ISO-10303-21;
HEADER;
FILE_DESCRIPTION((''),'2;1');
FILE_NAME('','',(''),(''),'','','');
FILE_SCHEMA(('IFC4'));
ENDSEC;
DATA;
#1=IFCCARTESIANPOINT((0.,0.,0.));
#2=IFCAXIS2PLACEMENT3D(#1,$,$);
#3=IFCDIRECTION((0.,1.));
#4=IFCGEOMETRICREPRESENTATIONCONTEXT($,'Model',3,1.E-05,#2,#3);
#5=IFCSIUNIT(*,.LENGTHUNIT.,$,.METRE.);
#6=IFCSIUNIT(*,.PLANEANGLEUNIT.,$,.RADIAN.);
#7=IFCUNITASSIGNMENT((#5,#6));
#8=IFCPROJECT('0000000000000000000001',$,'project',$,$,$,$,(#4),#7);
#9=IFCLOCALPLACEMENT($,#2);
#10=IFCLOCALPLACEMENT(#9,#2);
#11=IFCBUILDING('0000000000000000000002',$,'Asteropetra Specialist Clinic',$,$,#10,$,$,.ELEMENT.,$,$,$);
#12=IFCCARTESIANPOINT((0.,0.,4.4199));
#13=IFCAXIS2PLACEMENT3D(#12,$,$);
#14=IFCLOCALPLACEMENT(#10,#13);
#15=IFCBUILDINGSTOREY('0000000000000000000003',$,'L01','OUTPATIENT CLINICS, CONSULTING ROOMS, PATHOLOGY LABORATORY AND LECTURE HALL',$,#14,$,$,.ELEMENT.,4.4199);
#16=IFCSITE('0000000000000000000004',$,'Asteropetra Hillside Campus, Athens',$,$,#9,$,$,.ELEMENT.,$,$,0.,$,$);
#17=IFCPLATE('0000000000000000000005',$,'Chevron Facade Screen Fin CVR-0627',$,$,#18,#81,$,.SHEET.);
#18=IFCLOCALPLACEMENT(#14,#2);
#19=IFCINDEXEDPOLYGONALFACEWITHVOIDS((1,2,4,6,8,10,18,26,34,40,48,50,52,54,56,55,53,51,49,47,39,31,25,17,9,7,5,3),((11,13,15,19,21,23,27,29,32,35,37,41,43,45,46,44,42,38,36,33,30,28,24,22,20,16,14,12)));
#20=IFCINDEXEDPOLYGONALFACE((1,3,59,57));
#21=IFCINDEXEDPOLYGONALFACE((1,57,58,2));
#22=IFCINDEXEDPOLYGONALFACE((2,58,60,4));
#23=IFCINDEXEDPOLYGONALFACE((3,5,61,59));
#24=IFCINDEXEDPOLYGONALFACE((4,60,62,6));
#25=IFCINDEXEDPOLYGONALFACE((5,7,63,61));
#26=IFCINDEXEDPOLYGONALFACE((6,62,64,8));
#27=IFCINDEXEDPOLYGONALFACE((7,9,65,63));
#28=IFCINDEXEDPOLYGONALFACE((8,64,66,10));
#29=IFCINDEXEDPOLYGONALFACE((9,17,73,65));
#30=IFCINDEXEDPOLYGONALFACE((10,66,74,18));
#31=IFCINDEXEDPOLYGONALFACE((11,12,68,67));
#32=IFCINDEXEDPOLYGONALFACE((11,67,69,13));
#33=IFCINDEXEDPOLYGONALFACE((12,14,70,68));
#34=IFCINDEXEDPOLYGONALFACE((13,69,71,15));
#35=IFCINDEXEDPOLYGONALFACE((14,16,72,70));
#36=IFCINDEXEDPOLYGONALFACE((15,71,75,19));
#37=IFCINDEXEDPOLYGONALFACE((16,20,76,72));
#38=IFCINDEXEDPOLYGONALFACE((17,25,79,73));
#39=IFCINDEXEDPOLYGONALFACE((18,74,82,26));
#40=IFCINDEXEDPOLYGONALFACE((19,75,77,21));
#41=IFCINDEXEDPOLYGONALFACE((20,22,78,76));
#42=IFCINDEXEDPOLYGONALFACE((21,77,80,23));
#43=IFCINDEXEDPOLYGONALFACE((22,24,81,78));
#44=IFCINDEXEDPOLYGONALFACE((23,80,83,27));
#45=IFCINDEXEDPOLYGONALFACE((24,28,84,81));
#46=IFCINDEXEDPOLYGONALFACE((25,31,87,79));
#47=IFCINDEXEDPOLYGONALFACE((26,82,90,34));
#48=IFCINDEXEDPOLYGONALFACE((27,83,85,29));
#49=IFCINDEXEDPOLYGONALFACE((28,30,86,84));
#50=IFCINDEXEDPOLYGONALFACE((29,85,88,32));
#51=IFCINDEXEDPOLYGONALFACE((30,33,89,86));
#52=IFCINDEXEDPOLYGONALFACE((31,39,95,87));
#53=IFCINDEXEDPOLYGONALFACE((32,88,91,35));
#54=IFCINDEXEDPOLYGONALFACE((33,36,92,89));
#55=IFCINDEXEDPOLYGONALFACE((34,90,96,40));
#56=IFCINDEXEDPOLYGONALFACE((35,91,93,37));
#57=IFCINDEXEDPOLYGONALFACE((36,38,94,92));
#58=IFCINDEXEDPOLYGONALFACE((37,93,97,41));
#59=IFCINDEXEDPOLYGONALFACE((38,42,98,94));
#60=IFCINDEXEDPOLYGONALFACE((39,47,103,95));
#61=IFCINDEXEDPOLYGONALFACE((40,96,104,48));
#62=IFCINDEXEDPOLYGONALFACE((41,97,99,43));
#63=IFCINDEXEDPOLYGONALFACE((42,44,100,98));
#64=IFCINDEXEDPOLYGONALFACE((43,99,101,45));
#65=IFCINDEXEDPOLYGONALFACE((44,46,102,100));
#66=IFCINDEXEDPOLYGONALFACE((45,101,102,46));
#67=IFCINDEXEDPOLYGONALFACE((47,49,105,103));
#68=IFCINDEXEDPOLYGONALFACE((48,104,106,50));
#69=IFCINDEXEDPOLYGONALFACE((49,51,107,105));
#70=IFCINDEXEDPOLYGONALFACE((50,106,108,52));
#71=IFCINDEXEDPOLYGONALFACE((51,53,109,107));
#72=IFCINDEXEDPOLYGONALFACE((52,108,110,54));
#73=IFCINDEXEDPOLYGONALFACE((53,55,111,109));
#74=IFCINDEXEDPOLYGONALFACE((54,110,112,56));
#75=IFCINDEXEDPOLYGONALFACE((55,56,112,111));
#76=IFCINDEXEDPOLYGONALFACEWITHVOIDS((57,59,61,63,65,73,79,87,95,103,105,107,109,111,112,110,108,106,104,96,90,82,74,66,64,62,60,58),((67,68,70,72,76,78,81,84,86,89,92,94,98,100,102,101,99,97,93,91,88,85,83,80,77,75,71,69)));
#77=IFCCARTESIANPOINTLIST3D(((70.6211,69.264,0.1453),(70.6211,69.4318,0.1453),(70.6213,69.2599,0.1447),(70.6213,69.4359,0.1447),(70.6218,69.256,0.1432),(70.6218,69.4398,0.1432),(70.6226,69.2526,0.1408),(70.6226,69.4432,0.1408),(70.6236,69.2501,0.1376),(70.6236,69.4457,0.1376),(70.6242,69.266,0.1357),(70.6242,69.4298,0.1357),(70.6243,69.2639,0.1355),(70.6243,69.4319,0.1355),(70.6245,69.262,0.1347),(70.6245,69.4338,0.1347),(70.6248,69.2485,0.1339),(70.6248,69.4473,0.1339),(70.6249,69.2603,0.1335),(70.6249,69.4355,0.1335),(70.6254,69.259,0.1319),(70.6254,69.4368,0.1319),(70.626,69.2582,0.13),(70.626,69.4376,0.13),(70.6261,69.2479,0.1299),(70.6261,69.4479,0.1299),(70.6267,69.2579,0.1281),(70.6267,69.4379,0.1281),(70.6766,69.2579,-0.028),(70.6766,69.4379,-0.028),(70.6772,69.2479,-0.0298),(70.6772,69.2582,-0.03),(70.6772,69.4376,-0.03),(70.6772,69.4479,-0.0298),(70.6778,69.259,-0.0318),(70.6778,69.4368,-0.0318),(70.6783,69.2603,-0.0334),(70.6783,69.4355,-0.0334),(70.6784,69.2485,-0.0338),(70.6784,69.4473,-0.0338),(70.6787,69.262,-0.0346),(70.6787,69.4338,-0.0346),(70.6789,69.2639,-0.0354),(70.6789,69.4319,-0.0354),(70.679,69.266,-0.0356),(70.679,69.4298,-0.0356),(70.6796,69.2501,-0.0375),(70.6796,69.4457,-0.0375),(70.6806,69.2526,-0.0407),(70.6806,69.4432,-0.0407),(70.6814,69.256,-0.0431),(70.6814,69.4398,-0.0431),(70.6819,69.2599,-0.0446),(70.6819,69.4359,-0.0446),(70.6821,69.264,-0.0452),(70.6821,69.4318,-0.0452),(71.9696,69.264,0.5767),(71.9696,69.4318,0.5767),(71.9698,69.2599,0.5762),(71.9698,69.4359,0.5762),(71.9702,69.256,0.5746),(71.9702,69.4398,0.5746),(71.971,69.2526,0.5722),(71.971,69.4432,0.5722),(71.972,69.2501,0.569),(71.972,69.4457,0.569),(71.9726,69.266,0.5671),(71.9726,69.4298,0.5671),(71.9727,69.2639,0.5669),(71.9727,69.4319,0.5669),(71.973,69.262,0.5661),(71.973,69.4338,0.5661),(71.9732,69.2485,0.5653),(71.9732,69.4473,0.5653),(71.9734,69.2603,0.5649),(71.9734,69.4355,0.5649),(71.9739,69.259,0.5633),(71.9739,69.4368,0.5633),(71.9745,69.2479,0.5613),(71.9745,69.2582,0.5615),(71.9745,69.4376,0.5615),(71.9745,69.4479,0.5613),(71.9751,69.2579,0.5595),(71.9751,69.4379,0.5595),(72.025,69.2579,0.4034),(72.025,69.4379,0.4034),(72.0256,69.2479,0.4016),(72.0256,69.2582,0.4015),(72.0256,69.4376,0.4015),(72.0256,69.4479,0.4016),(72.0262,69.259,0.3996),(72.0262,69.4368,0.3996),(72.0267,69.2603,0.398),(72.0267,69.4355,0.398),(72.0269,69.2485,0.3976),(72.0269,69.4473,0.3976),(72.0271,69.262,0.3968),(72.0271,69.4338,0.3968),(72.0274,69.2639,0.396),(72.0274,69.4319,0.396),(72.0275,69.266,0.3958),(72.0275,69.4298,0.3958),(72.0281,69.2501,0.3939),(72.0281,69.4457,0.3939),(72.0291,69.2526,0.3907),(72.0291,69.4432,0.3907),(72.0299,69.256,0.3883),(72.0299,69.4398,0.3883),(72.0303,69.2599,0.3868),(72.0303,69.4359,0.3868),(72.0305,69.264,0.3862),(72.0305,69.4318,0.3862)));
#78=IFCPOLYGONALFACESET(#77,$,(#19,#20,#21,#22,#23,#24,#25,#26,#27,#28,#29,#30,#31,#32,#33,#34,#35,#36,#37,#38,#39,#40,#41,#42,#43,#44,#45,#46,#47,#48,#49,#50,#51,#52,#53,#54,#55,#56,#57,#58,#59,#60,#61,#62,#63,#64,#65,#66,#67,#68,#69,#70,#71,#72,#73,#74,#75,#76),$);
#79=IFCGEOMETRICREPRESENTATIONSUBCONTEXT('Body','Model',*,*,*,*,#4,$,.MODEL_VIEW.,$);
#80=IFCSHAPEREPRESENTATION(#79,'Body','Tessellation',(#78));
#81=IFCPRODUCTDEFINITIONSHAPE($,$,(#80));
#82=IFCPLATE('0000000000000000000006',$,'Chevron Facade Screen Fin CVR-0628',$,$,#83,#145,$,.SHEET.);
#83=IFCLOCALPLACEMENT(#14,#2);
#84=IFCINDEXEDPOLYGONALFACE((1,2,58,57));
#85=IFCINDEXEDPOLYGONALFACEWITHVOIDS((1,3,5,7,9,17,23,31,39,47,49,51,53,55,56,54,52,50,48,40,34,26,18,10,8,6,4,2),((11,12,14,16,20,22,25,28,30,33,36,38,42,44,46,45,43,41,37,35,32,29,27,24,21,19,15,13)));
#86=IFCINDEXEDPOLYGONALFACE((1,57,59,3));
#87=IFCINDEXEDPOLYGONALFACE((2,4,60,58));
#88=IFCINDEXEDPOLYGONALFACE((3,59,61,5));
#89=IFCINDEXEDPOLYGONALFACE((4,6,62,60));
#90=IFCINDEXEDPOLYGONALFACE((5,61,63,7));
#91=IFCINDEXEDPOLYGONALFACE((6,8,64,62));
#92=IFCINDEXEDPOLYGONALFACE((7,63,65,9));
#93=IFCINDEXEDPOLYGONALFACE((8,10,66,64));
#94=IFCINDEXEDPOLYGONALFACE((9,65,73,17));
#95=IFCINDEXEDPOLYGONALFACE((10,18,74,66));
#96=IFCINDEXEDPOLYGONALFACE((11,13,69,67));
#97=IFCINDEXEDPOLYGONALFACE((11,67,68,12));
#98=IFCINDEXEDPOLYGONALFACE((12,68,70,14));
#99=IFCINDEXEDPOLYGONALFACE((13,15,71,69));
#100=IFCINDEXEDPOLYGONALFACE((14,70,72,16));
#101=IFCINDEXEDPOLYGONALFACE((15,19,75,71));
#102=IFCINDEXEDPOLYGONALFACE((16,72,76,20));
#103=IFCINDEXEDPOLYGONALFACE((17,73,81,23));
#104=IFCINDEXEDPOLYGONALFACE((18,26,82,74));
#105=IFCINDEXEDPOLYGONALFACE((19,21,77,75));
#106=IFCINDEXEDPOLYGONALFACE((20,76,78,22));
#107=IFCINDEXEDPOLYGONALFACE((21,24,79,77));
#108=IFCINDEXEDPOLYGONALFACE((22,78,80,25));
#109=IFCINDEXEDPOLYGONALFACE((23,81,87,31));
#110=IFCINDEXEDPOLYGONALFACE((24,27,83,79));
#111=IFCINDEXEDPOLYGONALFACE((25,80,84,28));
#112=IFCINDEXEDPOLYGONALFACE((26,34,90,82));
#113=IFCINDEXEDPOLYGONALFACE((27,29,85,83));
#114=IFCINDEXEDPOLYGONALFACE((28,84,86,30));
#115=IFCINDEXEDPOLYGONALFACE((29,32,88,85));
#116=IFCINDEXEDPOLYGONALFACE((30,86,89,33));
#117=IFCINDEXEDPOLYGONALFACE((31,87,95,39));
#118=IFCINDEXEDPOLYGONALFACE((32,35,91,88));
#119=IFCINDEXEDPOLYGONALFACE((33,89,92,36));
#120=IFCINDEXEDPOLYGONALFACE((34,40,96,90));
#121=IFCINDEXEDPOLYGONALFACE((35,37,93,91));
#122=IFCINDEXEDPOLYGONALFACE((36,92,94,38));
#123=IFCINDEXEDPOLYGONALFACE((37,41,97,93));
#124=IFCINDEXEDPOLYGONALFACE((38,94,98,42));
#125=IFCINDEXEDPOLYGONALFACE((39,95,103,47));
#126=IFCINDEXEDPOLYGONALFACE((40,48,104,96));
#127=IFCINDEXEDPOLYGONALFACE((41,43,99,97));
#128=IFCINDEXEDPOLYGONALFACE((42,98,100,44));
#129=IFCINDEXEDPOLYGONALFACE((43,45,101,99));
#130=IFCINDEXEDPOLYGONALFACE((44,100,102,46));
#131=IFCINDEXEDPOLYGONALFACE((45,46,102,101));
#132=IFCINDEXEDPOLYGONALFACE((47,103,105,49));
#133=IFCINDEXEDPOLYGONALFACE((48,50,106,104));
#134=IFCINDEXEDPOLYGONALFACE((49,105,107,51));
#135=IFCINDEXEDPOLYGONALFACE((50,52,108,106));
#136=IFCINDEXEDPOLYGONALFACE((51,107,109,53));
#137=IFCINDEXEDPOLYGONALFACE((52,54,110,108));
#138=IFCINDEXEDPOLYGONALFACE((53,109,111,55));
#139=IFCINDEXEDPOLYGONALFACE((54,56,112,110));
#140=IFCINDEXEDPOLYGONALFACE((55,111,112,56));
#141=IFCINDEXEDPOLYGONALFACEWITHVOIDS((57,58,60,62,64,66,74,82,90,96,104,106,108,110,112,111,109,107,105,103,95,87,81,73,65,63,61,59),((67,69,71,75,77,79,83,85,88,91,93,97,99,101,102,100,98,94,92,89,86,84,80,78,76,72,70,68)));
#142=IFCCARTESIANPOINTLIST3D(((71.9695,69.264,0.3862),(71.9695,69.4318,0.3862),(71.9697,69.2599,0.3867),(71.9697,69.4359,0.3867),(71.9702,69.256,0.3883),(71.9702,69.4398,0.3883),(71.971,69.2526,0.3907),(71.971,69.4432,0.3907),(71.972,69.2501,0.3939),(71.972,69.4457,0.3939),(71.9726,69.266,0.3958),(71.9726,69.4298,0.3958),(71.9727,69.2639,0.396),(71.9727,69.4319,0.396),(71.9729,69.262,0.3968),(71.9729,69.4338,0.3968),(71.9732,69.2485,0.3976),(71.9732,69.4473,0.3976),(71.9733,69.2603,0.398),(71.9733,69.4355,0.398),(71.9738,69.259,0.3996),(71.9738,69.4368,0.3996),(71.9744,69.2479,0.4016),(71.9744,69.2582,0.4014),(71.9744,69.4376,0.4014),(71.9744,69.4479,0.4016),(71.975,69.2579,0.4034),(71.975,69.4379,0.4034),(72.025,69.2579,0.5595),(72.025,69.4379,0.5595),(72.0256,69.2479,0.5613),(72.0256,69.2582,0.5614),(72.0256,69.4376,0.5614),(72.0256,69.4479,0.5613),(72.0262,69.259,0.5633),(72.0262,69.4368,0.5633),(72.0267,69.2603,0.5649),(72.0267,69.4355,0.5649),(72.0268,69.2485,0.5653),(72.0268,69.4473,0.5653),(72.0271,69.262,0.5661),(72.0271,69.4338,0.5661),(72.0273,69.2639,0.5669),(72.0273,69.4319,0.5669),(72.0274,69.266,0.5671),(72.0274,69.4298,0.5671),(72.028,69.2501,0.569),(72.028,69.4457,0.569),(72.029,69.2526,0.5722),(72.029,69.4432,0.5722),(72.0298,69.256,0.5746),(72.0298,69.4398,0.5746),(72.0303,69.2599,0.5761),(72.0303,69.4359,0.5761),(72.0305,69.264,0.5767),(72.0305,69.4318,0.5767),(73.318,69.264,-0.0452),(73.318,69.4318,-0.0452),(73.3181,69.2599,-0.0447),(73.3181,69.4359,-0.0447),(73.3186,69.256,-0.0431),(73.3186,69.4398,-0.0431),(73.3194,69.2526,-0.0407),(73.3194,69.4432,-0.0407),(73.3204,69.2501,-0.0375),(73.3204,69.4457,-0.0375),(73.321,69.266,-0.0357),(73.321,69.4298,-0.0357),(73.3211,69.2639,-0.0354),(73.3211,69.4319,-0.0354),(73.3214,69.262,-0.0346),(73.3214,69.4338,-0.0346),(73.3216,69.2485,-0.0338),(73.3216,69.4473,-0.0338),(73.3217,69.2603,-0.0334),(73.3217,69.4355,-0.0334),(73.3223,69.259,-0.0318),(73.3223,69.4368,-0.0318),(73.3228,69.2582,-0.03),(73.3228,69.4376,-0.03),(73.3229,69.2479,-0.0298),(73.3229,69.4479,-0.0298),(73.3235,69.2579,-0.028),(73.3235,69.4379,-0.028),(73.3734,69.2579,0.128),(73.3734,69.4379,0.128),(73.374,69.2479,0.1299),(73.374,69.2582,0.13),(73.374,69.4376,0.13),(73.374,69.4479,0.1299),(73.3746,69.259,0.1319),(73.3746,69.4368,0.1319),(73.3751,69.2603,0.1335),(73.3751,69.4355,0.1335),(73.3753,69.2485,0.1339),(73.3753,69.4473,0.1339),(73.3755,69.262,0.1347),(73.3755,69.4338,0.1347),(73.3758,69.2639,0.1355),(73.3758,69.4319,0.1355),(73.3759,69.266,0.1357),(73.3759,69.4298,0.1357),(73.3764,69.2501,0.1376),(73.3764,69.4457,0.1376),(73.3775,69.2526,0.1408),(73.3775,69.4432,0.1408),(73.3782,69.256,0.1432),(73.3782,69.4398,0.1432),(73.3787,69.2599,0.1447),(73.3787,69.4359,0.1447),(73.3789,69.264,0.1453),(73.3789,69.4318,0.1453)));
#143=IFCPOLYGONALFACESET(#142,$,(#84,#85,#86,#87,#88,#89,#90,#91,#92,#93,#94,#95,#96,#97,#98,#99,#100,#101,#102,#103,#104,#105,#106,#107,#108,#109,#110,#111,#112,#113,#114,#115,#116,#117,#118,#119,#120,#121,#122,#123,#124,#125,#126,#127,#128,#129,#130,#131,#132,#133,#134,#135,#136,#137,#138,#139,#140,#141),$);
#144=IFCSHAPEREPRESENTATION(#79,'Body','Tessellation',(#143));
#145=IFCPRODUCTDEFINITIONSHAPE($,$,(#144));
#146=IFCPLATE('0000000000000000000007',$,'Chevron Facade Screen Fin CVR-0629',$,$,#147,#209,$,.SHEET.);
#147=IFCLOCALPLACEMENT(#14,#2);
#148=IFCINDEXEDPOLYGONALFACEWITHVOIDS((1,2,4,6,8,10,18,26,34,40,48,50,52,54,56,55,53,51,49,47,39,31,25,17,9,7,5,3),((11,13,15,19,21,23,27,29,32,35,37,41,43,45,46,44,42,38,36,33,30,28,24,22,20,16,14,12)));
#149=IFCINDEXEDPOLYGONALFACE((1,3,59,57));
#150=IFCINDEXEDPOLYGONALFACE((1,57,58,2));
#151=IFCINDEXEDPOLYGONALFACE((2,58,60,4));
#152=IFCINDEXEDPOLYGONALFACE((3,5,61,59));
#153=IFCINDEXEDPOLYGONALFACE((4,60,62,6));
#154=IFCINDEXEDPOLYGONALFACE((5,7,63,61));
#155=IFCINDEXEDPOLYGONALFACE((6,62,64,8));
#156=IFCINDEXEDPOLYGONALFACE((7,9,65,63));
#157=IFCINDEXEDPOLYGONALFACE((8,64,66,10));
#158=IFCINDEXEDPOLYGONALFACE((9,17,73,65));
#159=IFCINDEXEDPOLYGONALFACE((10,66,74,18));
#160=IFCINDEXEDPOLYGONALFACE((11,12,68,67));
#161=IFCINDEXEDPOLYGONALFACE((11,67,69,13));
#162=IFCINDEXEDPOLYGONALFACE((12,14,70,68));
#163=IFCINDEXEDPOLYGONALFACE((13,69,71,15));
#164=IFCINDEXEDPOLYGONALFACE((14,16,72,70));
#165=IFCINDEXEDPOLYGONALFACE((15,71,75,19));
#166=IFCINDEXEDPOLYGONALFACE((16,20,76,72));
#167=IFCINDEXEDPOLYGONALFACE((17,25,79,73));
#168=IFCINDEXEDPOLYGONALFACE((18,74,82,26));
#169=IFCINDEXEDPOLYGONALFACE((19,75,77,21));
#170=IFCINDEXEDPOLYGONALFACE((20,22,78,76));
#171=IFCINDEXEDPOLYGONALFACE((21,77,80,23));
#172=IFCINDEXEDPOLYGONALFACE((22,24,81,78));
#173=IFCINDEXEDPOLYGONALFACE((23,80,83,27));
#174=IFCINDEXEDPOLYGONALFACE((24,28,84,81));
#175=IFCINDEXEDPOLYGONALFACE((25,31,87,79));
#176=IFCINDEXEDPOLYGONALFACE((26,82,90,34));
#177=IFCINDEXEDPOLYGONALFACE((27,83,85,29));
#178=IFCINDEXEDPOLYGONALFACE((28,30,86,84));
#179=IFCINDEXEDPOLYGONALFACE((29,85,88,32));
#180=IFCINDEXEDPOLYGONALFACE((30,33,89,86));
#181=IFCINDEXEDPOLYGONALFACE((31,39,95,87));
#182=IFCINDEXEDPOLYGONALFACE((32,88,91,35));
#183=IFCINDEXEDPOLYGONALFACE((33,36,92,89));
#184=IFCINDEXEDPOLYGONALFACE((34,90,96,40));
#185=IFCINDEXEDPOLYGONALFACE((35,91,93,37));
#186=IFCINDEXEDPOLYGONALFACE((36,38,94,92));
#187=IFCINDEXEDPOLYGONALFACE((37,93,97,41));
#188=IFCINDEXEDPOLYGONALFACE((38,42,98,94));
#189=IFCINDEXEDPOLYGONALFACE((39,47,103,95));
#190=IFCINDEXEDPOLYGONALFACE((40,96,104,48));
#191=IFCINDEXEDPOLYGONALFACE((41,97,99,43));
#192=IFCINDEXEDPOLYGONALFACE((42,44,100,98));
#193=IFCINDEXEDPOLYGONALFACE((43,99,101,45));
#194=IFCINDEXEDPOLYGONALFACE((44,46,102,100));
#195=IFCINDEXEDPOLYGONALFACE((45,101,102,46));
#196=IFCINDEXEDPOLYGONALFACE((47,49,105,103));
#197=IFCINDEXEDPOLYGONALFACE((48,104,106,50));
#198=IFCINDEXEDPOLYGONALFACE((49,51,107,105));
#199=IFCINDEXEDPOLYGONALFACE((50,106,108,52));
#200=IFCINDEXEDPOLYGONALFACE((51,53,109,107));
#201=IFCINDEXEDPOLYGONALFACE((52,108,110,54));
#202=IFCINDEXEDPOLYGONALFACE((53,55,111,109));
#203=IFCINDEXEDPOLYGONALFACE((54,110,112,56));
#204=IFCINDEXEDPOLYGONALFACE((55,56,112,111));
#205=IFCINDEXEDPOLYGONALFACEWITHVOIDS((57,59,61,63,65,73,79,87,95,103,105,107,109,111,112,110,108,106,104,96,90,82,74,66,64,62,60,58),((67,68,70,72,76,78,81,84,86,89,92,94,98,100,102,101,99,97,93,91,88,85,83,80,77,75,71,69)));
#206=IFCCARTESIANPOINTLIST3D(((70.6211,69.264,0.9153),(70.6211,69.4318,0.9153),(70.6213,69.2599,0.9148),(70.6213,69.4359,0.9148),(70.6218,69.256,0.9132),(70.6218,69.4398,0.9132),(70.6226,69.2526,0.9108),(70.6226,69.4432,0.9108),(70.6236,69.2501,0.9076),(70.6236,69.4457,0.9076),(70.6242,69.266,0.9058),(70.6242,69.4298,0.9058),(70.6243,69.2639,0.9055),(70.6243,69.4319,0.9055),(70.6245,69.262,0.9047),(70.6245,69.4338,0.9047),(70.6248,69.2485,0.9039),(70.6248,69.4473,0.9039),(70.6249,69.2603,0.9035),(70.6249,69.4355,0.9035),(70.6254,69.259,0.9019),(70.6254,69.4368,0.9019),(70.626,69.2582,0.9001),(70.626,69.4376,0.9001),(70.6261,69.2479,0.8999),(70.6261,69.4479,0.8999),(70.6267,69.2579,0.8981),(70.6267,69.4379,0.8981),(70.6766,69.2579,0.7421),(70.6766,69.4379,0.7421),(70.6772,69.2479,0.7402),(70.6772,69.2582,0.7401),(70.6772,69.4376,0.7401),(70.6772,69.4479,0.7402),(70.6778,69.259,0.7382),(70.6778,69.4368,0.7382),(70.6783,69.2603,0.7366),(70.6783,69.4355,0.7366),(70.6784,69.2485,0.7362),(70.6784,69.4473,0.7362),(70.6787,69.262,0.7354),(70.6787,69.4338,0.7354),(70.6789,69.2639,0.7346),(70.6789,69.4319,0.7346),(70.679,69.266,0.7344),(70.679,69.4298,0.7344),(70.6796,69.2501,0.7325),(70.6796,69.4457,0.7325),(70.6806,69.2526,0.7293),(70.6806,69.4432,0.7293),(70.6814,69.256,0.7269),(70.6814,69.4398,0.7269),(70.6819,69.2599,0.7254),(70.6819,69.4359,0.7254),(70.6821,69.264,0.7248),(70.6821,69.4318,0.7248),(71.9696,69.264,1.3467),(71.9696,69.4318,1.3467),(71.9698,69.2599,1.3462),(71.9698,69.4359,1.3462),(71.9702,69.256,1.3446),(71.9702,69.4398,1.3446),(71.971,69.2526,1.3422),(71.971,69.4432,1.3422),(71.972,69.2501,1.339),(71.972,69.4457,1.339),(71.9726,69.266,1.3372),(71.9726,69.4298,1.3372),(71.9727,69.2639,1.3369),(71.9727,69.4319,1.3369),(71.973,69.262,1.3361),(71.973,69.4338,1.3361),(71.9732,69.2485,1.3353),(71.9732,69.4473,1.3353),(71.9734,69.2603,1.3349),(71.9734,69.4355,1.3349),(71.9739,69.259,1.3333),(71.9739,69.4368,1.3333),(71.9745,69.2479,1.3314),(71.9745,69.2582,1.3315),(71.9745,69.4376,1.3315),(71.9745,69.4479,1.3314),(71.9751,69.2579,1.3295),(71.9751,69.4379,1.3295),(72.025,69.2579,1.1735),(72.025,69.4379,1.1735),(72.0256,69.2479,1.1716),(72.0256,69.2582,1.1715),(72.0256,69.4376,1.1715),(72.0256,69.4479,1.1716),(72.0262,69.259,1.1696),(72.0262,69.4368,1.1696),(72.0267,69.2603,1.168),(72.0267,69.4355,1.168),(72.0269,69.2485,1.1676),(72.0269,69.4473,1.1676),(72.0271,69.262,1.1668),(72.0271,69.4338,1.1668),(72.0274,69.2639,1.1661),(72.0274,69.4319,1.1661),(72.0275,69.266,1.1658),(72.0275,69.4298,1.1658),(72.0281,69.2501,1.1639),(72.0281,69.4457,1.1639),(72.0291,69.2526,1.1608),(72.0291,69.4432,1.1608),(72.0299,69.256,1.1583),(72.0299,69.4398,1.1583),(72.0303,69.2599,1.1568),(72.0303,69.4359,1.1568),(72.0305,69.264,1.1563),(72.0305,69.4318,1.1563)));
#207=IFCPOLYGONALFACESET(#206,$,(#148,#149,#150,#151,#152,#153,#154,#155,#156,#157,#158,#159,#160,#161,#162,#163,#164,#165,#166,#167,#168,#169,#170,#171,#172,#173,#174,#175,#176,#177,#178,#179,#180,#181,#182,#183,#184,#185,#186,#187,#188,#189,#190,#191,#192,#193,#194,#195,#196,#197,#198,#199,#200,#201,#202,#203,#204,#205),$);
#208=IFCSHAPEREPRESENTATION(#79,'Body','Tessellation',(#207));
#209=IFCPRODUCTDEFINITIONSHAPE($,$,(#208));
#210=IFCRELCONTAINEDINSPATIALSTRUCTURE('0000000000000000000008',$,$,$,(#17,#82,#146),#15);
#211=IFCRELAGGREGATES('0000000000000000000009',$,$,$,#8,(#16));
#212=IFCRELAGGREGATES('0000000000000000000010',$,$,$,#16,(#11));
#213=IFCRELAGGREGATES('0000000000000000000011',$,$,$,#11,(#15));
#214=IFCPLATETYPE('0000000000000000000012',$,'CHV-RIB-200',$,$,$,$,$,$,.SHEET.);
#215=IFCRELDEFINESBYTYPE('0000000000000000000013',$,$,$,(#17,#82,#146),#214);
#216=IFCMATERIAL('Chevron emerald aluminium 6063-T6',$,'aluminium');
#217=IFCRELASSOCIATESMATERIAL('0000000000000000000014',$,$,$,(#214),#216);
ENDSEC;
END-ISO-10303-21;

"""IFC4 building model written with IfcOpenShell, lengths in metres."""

from ifc_helpers import new_model, si_unit, direction, frame, origin, origin_2d, place, context, subcontext, project, spatial, hollow_rectangle, extrude, material, material_profile, profile_set, type_object, element, save


model = new_model("IFC4")

# Units and contexts
model_context = context("Model", 3, precision=1e-05, world=origin(), true_north=direction((0.0, 1.0)))
body_context = subcontext(model_context, "Body", "Model", "MODEL_VIEW")
ifc_project = project(units=[si_unit("LENGTHUNIT", "METRE"), si_unit("PLANEANGLEUNIT", "RADIAN")], contexts=[model_context])

# Site, building, storey
site_placement = place(None, origin())
site = spatial("IfcSite", under=ifc_project, at=site_placement, Name="Asteropetra Hillside Campus, Athens", CompositionType="ELEMENT", RefElevation=0.0)
building_placement = place(site_placement, origin())
building = spatial("IfcBuilding", under=site, at=building_placement, Name="Asteropetra Specialist Clinic", CompositionType="ELEMENT")
storey_placement = place(building_placement, frame((0.0, 0.0, 4.4199)))
storey = spatial("IfcBuildingStorey", under=building, at=storey_placement, Name="L01", Description="OUTPATIENT CLINICS, CONSULTING ROOMS, PATHOLOGY LABORATORY AND LECTURE HALL", CompositionType="ELEMENT", Elevation=4.4199)

# Plates
ifc_material_1 = material(Name="Chevron emerald aluminium 6063-T6", Category="aluminium")
ifc_material_profile_1 = material_profile(ifc_material_1, hollow_rectangle(XDim=0.2, YDim=0.2, WallThickness=0.01, InnerFilletRadius=0.0081, OuterFilletRadius=0.0161, at=origin_2d()), Name="SHS 200x200x10.0")
ifc_profile_set_1 = profile_set([ifc_material_profile_1], Name="Chevron emerald aluminium 6063-T6")
plate_type_1 = type_object("IfcPlateType", Name="CHV-RIB-200", PredefinedType="SHEET", material=ifc_profile_set_1)
for number, where, z_axis, x_axis, name in (
    (1, (70.6516, 69.3479, 0.05), (0.952442, 0.0, 0.304719), (0.0, 1.0, 0.0), "Chevron Facade Screen Fin CVR-0627"),
    (2, (72.0, 69.3479, 0.4814), (0.952442, 0.0, -0.304719), (0.0, 1.0, 0.0), "Chevron Facade Screen Fin CVR-0628"),
    (3, (70.6516, 69.3479, 0.8201), (0.952442, 0.0, 0.304719), (0.0, 1.0, 0.0), "Chevron Facade Screen Fin CVR-0629"),
):
    element("IfcPlate", number, at=place(storey_placement, frame(where, z_axis=z_axis, x_axis=x_axis)), inside=storey, type_object=plate_type_1, Name=name, PredefinedType="SHEET", context=body_context, shape_type="SweptSolid", body=[
        extrude(hollow_rectangle(XDim=0.2, YDim=0.2, WallThickness=0.01, InnerFilletRadius=0.0081, OuterFilletRadius=0.0161, at=origin_2d()), origin(), (0.0, 0.0, 1.0), 1.4158),
    ])

save(model, "model.ifc")
